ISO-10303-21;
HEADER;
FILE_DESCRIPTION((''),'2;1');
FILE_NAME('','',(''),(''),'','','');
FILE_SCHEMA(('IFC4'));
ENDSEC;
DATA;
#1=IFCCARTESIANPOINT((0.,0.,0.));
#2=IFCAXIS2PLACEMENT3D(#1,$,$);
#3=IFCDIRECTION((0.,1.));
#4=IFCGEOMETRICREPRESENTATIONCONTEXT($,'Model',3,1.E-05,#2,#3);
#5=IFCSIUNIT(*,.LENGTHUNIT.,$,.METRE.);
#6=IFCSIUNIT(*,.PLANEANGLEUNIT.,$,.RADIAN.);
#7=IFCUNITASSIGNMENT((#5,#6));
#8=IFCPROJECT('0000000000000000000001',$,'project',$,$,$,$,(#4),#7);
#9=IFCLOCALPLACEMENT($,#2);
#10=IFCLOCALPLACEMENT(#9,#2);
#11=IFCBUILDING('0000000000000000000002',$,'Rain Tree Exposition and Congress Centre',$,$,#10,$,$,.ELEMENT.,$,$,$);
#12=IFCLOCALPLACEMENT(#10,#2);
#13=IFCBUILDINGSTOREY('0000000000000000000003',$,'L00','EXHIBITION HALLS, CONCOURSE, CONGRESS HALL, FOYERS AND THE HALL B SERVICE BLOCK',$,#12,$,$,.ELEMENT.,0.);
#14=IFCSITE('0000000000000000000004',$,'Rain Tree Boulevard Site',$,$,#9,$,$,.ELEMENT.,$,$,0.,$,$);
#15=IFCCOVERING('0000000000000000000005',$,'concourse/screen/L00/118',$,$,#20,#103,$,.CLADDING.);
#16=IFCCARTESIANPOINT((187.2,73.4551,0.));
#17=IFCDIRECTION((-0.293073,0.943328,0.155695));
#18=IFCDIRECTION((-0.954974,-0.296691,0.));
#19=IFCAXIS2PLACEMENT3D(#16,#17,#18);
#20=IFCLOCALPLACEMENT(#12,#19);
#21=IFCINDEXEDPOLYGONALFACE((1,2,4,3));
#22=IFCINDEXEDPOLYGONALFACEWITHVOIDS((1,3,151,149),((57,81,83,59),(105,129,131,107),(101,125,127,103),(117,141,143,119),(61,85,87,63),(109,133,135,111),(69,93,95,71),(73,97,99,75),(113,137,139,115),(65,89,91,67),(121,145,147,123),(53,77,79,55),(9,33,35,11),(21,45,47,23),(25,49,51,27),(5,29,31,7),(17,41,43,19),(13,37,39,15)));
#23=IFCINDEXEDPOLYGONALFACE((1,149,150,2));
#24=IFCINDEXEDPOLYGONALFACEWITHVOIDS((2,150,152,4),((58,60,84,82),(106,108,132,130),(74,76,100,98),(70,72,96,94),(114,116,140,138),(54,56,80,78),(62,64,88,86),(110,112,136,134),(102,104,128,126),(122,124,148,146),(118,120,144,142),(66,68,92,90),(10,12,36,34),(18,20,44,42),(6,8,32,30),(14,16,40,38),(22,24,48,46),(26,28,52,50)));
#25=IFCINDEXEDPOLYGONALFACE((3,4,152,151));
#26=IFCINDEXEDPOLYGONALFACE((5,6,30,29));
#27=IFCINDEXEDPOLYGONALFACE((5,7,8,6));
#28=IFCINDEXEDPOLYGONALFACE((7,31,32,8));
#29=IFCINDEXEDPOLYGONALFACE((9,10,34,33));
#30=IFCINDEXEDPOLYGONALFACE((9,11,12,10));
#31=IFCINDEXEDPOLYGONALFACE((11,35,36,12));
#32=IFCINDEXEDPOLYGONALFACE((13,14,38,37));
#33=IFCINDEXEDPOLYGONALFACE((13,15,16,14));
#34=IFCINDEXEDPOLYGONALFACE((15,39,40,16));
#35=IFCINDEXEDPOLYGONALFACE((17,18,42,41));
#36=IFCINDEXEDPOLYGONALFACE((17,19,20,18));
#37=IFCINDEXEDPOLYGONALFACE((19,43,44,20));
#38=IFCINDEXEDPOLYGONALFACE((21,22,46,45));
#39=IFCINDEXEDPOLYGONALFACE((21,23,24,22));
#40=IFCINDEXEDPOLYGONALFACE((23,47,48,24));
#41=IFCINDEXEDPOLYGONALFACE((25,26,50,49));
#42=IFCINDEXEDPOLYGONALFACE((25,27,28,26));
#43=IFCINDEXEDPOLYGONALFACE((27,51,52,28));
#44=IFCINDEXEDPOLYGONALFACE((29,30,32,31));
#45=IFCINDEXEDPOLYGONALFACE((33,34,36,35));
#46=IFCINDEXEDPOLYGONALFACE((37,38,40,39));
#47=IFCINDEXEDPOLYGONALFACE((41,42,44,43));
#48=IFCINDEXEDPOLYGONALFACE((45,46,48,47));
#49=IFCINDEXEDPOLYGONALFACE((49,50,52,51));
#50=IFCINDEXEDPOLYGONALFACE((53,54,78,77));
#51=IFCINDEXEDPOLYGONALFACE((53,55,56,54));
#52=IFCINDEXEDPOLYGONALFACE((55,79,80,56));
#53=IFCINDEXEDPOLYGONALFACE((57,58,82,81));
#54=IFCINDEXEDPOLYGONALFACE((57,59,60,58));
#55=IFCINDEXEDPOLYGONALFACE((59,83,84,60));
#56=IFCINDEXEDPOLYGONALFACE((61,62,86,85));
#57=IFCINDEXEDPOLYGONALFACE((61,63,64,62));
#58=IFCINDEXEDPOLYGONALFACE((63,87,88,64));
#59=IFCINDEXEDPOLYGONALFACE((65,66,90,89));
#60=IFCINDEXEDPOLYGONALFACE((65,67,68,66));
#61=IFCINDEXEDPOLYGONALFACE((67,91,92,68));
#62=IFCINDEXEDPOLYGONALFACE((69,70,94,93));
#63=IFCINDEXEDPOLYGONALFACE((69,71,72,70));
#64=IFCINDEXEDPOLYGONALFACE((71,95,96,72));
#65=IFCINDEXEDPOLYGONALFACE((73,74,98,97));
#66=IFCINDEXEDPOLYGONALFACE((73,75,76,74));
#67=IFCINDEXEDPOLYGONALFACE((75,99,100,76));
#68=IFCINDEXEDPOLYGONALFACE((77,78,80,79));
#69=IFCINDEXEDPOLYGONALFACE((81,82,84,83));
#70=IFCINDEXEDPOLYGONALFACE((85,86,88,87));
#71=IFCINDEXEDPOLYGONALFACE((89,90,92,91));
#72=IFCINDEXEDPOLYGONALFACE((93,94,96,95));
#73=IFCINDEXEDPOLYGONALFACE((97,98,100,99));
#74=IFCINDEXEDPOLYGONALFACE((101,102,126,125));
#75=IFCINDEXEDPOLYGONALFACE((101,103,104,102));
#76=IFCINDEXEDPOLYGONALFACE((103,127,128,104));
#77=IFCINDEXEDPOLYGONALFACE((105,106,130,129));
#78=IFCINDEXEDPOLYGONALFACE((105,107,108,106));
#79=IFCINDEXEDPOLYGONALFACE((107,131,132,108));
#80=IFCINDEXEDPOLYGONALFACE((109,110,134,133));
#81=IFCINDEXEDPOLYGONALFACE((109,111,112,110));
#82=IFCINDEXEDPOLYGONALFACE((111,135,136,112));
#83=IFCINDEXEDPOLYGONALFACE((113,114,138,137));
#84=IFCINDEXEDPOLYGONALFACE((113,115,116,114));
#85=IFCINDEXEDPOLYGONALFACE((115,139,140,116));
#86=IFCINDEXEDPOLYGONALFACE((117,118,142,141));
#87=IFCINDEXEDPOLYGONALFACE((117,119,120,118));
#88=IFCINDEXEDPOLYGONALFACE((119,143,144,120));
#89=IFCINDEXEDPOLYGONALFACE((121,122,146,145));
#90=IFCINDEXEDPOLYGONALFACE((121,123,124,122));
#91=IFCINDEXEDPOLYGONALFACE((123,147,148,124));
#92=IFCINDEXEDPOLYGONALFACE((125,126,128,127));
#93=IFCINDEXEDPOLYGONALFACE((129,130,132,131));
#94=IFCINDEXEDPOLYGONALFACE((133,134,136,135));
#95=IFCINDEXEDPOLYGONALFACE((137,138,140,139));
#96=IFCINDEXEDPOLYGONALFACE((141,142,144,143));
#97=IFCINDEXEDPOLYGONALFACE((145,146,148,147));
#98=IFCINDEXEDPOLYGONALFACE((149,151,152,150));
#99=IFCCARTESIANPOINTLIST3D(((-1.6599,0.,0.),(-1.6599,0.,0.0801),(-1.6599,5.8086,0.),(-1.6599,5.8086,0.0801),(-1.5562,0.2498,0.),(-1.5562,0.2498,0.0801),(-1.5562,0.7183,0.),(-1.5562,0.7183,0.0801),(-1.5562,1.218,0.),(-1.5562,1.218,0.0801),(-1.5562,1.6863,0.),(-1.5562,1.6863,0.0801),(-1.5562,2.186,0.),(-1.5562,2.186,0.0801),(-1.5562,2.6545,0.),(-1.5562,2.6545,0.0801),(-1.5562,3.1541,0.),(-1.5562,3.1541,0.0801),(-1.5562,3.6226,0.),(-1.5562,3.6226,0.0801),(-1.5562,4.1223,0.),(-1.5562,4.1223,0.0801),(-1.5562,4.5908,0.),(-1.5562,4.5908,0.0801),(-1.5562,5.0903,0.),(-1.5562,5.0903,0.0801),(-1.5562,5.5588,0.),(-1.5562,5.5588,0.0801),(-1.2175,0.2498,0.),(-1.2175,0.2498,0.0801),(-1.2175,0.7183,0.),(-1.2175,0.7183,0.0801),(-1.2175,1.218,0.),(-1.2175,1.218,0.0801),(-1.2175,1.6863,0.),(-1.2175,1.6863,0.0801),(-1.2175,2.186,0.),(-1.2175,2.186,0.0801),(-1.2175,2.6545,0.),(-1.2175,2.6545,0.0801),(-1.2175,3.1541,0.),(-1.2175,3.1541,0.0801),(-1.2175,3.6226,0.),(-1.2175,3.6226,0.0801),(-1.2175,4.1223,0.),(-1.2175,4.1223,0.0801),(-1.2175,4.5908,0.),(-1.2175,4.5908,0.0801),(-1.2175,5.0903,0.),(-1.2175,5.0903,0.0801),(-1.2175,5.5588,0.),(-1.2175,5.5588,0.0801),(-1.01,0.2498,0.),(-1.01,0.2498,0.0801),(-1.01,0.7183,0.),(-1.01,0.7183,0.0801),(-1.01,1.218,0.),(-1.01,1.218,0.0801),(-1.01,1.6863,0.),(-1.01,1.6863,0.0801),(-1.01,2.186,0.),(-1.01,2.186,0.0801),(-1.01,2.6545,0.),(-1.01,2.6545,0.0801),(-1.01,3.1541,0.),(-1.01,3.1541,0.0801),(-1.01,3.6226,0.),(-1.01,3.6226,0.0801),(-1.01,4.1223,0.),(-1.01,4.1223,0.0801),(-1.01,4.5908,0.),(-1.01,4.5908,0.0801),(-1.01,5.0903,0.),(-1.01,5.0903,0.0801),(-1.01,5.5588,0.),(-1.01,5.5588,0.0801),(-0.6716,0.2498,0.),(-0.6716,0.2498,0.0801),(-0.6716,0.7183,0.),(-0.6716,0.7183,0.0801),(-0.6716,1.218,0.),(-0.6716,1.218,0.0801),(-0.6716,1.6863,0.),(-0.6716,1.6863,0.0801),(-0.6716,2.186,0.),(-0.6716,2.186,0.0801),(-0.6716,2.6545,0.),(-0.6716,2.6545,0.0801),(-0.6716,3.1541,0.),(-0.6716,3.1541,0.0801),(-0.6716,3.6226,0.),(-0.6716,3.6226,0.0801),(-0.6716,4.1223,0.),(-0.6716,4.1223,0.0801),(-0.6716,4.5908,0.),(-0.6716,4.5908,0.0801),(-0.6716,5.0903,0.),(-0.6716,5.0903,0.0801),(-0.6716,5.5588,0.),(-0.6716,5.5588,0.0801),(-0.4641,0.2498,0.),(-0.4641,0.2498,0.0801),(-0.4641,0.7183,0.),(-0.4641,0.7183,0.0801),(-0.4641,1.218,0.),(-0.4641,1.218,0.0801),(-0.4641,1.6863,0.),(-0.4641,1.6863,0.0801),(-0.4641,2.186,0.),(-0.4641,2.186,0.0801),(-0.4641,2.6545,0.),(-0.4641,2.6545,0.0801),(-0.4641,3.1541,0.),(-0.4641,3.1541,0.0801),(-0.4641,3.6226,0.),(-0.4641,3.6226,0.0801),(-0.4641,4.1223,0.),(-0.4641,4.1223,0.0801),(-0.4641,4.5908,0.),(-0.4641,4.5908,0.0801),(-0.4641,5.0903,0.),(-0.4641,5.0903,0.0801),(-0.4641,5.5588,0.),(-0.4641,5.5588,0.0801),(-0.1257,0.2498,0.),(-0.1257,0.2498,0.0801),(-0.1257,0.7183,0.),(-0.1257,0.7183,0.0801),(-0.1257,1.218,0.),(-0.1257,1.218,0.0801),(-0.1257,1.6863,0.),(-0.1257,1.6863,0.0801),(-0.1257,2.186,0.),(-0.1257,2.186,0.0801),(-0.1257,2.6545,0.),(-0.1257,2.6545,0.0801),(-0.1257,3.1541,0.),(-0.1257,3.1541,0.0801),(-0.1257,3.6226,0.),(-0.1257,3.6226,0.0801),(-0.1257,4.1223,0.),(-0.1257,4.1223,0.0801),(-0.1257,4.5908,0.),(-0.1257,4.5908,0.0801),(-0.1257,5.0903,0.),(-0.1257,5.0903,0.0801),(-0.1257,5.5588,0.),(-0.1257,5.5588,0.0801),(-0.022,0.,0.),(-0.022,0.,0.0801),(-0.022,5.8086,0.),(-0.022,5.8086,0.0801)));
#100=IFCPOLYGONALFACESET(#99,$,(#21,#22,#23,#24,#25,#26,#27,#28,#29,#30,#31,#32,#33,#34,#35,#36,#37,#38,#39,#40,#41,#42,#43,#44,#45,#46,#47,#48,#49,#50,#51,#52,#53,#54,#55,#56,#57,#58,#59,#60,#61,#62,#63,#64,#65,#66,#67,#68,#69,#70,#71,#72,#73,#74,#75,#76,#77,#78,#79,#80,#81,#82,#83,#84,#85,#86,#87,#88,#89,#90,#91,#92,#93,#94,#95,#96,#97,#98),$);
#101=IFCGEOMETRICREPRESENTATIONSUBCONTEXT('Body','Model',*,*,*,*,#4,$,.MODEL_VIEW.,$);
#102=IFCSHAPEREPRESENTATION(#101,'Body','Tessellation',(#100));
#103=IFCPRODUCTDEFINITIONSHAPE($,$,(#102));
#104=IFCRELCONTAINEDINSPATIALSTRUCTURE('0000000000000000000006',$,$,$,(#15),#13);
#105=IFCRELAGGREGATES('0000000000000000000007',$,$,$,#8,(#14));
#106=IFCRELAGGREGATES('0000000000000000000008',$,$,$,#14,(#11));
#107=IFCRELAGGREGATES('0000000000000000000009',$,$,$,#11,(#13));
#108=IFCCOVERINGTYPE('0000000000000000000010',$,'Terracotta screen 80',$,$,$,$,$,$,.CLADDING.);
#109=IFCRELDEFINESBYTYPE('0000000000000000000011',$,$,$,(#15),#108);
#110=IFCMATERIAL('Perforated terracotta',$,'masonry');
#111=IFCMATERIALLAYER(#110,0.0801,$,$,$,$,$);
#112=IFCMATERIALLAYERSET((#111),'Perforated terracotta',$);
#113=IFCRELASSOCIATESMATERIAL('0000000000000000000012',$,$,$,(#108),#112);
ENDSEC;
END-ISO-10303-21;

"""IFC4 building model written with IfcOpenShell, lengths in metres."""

from ifc_helpers import new_model, si_unit, direction, frame, origin, place, context, subcontext, project, spatial, polyline, outline, extrude, material, layer, layer_set, type_object, element, save


model = new_model("IFC4")

# Units and contexts
model_context = context("Model", 3, precision=1e-05, world=origin(), true_north=direction((0.0, 1.0)))
body_context = subcontext(model_context, "Body", "Model", "MODEL_VIEW")
ifc_project = project(units=[si_unit("LENGTHUNIT", "METRE"), si_unit("PLANEANGLEUNIT", "RADIAN")], contexts=[model_context])

# Site, building, storey
site_placement = place(None, origin())
site = spatial("IfcSite", under=ifc_project, at=site_placement, Name="Rain Tree Boulevard Site", CompositionType="ELEMENT", RefElevation=0.0)
building_placement = place(site_placement, origin())
building = spatial("IfcBuilding", under=site, at=building_placement, Name="Rain Tree Exposition and Congress Centre", CompositionType="ELEMENT")
storey_placement = place(building_placement, origin())
storey = spatial("IfcBuildingStorey", under=building, at=storey_placement, Name="L00", Description="EXHIBITION HALLS, CONCOURSE, CONGRESS HALL, FOYERS AND THE HALL B SERVICE BLOCK", CompositionType="ELEMENT", Elevation=0.0)

# Covering
ifc_material_1 = material(Name="Perforated terracotta", Category="masonry")
ifc_layer_1 = layer(ifc_material_1, 0.0801)
ifc_layer_set_1 = layer_set([ifc_layer_1], Name="Perforated terracotta")
covering_type = type_object("IfcCoveringType", Name="Terracotta screen 80", PredefinedType="CLADDING", material=ifc_layer_set_1)
covering_1_placement = place(storey_placement, frame((187.2, 73.4551, 0.0), z_axis=(-0.293073, 0.943328, 0.155695), x_axis=(-0.954974, -0.296691, 0.0)))
element("IfcCovering", 1, at=covering_1_placement, inside=storey, type_object=covering_type, Name="concourse/screen/L00/118", PredefinedType="CLADDING", context=body_context, shape_type="SweptSolid", body=[
    extrude(outline(polyline([(-0.022, 0.0), (-1.6599, 0.0), (-1.6599, 5.8086), (-0.022, 5.8086), (-0.022, 0.0)]), holes=[polyline([(-0.1257, 0.2498), (-0.1257, 0.7183), (-0.4641, 0.7183), (-0.4641, 0.2498), (-0.1257, 0.2498)]), polyline([(-0.1257, 1.218), (-0.1257, 1.6863), (-0.4641, 1.6863), (-0.4641, 1.218), (-0.1257, 1.218)]), polyline([(-0.1257, 2.186), (-0.1257, 2.6545), (-0.4641, 2.6545), (-0.4641, 2.186), (-0.1257, 2.186)]), polyline([(-0.1257, 3.1541), (-0.1257, 3.6226), (-0.4641, 3.6226), (-0.4641, 3.1541), (-0.1257, 3.1541)]), polyline([(-0.1257, 4.1223), (-0.1257, 4.5908), (-0.4641, 4.5908), (-0.4641, 4.1223), (-0.1257, 4.1223)]), polyline([(-0.1257, 5.0903), (-0.1257, 5.5588), (-0.4641, 5.5588), (-0.4641, 5.0903), (-0.1257, 5.0903)]), polyline([(-0.6716, 0.2498), (-0.6716, 0.7183), (-1.01, 0.7183), (-1.01, 0.2498), (-0.6716, 0.2498)]), polyline([(-0.6716, 1.218), (-0.6716, 1.6863), (-1.01, 1.6863), (-1.01, 1.218), (-0.6716, 1.218)]), polyline([(-0.6716, 2.186), (-0.6716, 2.6545), (-1.01, 2.6545), (-1.01, 2.186), (-0.6716, 2.186)]), polyline([(-0.6716, 3.1541), (-0.6716, 3.6226), (-1.01, 3.6226), (-1.01, 3.1541), (-0.6716, 3.1541)]), polyline([(-0.6716, 4.1223), (-0.6716, 4.5908), (-1.01, 4.5908), (-1.01, 4.1223), (-0.6716, 4.1223)]), polyline([(-0.6716, 5.0903), (-0.6716, 5.5588), (-1.01, 5.5588), (-1.01, 5.0903), (-0.6716, 5.0903)]), polyline([(-1.2175, 0.2498), (-1.2175, 0.7183), (-1.5562, 0.7183), (-1.5562, 0.2498), (-1.2175, 0.2498)]), polyline([(-1.2175, 1.218), (-1.2175, 1.6863), (-1.5562, 1.6863), (-1.5562, 1.218), (-1.2175, 1.218)]), polyline([(-1.2175, 2.186), (-1.2175, 2.6545), (-1.5562, 2.6545), (-1.5562, 2.186), (-1.2175, 2.186)]), polyline([(-1.2175, 3.1541), (-1.2175, 3.6226), (-1.5562, 3.6226), (-1.5562, 3.1541), (-1.2175, 3.1541)]), polyline([(-1.2175, 4.1223), (-1.2175, 4.5908), (-1.5562, 4.5908), (-1.5562, 4.1223), (-1.2175, 4.1223)]), polyline([(-1.2175, 5.0903), (-1.2175, 5.5588), (-1.5562, 5.5588), (-1.5562, 5.0903), (-1.2175, 5.0903)])]), origin(), (0.0, 0.0, 1.0), 0.0801),
])

save(model, "model.ifc")
